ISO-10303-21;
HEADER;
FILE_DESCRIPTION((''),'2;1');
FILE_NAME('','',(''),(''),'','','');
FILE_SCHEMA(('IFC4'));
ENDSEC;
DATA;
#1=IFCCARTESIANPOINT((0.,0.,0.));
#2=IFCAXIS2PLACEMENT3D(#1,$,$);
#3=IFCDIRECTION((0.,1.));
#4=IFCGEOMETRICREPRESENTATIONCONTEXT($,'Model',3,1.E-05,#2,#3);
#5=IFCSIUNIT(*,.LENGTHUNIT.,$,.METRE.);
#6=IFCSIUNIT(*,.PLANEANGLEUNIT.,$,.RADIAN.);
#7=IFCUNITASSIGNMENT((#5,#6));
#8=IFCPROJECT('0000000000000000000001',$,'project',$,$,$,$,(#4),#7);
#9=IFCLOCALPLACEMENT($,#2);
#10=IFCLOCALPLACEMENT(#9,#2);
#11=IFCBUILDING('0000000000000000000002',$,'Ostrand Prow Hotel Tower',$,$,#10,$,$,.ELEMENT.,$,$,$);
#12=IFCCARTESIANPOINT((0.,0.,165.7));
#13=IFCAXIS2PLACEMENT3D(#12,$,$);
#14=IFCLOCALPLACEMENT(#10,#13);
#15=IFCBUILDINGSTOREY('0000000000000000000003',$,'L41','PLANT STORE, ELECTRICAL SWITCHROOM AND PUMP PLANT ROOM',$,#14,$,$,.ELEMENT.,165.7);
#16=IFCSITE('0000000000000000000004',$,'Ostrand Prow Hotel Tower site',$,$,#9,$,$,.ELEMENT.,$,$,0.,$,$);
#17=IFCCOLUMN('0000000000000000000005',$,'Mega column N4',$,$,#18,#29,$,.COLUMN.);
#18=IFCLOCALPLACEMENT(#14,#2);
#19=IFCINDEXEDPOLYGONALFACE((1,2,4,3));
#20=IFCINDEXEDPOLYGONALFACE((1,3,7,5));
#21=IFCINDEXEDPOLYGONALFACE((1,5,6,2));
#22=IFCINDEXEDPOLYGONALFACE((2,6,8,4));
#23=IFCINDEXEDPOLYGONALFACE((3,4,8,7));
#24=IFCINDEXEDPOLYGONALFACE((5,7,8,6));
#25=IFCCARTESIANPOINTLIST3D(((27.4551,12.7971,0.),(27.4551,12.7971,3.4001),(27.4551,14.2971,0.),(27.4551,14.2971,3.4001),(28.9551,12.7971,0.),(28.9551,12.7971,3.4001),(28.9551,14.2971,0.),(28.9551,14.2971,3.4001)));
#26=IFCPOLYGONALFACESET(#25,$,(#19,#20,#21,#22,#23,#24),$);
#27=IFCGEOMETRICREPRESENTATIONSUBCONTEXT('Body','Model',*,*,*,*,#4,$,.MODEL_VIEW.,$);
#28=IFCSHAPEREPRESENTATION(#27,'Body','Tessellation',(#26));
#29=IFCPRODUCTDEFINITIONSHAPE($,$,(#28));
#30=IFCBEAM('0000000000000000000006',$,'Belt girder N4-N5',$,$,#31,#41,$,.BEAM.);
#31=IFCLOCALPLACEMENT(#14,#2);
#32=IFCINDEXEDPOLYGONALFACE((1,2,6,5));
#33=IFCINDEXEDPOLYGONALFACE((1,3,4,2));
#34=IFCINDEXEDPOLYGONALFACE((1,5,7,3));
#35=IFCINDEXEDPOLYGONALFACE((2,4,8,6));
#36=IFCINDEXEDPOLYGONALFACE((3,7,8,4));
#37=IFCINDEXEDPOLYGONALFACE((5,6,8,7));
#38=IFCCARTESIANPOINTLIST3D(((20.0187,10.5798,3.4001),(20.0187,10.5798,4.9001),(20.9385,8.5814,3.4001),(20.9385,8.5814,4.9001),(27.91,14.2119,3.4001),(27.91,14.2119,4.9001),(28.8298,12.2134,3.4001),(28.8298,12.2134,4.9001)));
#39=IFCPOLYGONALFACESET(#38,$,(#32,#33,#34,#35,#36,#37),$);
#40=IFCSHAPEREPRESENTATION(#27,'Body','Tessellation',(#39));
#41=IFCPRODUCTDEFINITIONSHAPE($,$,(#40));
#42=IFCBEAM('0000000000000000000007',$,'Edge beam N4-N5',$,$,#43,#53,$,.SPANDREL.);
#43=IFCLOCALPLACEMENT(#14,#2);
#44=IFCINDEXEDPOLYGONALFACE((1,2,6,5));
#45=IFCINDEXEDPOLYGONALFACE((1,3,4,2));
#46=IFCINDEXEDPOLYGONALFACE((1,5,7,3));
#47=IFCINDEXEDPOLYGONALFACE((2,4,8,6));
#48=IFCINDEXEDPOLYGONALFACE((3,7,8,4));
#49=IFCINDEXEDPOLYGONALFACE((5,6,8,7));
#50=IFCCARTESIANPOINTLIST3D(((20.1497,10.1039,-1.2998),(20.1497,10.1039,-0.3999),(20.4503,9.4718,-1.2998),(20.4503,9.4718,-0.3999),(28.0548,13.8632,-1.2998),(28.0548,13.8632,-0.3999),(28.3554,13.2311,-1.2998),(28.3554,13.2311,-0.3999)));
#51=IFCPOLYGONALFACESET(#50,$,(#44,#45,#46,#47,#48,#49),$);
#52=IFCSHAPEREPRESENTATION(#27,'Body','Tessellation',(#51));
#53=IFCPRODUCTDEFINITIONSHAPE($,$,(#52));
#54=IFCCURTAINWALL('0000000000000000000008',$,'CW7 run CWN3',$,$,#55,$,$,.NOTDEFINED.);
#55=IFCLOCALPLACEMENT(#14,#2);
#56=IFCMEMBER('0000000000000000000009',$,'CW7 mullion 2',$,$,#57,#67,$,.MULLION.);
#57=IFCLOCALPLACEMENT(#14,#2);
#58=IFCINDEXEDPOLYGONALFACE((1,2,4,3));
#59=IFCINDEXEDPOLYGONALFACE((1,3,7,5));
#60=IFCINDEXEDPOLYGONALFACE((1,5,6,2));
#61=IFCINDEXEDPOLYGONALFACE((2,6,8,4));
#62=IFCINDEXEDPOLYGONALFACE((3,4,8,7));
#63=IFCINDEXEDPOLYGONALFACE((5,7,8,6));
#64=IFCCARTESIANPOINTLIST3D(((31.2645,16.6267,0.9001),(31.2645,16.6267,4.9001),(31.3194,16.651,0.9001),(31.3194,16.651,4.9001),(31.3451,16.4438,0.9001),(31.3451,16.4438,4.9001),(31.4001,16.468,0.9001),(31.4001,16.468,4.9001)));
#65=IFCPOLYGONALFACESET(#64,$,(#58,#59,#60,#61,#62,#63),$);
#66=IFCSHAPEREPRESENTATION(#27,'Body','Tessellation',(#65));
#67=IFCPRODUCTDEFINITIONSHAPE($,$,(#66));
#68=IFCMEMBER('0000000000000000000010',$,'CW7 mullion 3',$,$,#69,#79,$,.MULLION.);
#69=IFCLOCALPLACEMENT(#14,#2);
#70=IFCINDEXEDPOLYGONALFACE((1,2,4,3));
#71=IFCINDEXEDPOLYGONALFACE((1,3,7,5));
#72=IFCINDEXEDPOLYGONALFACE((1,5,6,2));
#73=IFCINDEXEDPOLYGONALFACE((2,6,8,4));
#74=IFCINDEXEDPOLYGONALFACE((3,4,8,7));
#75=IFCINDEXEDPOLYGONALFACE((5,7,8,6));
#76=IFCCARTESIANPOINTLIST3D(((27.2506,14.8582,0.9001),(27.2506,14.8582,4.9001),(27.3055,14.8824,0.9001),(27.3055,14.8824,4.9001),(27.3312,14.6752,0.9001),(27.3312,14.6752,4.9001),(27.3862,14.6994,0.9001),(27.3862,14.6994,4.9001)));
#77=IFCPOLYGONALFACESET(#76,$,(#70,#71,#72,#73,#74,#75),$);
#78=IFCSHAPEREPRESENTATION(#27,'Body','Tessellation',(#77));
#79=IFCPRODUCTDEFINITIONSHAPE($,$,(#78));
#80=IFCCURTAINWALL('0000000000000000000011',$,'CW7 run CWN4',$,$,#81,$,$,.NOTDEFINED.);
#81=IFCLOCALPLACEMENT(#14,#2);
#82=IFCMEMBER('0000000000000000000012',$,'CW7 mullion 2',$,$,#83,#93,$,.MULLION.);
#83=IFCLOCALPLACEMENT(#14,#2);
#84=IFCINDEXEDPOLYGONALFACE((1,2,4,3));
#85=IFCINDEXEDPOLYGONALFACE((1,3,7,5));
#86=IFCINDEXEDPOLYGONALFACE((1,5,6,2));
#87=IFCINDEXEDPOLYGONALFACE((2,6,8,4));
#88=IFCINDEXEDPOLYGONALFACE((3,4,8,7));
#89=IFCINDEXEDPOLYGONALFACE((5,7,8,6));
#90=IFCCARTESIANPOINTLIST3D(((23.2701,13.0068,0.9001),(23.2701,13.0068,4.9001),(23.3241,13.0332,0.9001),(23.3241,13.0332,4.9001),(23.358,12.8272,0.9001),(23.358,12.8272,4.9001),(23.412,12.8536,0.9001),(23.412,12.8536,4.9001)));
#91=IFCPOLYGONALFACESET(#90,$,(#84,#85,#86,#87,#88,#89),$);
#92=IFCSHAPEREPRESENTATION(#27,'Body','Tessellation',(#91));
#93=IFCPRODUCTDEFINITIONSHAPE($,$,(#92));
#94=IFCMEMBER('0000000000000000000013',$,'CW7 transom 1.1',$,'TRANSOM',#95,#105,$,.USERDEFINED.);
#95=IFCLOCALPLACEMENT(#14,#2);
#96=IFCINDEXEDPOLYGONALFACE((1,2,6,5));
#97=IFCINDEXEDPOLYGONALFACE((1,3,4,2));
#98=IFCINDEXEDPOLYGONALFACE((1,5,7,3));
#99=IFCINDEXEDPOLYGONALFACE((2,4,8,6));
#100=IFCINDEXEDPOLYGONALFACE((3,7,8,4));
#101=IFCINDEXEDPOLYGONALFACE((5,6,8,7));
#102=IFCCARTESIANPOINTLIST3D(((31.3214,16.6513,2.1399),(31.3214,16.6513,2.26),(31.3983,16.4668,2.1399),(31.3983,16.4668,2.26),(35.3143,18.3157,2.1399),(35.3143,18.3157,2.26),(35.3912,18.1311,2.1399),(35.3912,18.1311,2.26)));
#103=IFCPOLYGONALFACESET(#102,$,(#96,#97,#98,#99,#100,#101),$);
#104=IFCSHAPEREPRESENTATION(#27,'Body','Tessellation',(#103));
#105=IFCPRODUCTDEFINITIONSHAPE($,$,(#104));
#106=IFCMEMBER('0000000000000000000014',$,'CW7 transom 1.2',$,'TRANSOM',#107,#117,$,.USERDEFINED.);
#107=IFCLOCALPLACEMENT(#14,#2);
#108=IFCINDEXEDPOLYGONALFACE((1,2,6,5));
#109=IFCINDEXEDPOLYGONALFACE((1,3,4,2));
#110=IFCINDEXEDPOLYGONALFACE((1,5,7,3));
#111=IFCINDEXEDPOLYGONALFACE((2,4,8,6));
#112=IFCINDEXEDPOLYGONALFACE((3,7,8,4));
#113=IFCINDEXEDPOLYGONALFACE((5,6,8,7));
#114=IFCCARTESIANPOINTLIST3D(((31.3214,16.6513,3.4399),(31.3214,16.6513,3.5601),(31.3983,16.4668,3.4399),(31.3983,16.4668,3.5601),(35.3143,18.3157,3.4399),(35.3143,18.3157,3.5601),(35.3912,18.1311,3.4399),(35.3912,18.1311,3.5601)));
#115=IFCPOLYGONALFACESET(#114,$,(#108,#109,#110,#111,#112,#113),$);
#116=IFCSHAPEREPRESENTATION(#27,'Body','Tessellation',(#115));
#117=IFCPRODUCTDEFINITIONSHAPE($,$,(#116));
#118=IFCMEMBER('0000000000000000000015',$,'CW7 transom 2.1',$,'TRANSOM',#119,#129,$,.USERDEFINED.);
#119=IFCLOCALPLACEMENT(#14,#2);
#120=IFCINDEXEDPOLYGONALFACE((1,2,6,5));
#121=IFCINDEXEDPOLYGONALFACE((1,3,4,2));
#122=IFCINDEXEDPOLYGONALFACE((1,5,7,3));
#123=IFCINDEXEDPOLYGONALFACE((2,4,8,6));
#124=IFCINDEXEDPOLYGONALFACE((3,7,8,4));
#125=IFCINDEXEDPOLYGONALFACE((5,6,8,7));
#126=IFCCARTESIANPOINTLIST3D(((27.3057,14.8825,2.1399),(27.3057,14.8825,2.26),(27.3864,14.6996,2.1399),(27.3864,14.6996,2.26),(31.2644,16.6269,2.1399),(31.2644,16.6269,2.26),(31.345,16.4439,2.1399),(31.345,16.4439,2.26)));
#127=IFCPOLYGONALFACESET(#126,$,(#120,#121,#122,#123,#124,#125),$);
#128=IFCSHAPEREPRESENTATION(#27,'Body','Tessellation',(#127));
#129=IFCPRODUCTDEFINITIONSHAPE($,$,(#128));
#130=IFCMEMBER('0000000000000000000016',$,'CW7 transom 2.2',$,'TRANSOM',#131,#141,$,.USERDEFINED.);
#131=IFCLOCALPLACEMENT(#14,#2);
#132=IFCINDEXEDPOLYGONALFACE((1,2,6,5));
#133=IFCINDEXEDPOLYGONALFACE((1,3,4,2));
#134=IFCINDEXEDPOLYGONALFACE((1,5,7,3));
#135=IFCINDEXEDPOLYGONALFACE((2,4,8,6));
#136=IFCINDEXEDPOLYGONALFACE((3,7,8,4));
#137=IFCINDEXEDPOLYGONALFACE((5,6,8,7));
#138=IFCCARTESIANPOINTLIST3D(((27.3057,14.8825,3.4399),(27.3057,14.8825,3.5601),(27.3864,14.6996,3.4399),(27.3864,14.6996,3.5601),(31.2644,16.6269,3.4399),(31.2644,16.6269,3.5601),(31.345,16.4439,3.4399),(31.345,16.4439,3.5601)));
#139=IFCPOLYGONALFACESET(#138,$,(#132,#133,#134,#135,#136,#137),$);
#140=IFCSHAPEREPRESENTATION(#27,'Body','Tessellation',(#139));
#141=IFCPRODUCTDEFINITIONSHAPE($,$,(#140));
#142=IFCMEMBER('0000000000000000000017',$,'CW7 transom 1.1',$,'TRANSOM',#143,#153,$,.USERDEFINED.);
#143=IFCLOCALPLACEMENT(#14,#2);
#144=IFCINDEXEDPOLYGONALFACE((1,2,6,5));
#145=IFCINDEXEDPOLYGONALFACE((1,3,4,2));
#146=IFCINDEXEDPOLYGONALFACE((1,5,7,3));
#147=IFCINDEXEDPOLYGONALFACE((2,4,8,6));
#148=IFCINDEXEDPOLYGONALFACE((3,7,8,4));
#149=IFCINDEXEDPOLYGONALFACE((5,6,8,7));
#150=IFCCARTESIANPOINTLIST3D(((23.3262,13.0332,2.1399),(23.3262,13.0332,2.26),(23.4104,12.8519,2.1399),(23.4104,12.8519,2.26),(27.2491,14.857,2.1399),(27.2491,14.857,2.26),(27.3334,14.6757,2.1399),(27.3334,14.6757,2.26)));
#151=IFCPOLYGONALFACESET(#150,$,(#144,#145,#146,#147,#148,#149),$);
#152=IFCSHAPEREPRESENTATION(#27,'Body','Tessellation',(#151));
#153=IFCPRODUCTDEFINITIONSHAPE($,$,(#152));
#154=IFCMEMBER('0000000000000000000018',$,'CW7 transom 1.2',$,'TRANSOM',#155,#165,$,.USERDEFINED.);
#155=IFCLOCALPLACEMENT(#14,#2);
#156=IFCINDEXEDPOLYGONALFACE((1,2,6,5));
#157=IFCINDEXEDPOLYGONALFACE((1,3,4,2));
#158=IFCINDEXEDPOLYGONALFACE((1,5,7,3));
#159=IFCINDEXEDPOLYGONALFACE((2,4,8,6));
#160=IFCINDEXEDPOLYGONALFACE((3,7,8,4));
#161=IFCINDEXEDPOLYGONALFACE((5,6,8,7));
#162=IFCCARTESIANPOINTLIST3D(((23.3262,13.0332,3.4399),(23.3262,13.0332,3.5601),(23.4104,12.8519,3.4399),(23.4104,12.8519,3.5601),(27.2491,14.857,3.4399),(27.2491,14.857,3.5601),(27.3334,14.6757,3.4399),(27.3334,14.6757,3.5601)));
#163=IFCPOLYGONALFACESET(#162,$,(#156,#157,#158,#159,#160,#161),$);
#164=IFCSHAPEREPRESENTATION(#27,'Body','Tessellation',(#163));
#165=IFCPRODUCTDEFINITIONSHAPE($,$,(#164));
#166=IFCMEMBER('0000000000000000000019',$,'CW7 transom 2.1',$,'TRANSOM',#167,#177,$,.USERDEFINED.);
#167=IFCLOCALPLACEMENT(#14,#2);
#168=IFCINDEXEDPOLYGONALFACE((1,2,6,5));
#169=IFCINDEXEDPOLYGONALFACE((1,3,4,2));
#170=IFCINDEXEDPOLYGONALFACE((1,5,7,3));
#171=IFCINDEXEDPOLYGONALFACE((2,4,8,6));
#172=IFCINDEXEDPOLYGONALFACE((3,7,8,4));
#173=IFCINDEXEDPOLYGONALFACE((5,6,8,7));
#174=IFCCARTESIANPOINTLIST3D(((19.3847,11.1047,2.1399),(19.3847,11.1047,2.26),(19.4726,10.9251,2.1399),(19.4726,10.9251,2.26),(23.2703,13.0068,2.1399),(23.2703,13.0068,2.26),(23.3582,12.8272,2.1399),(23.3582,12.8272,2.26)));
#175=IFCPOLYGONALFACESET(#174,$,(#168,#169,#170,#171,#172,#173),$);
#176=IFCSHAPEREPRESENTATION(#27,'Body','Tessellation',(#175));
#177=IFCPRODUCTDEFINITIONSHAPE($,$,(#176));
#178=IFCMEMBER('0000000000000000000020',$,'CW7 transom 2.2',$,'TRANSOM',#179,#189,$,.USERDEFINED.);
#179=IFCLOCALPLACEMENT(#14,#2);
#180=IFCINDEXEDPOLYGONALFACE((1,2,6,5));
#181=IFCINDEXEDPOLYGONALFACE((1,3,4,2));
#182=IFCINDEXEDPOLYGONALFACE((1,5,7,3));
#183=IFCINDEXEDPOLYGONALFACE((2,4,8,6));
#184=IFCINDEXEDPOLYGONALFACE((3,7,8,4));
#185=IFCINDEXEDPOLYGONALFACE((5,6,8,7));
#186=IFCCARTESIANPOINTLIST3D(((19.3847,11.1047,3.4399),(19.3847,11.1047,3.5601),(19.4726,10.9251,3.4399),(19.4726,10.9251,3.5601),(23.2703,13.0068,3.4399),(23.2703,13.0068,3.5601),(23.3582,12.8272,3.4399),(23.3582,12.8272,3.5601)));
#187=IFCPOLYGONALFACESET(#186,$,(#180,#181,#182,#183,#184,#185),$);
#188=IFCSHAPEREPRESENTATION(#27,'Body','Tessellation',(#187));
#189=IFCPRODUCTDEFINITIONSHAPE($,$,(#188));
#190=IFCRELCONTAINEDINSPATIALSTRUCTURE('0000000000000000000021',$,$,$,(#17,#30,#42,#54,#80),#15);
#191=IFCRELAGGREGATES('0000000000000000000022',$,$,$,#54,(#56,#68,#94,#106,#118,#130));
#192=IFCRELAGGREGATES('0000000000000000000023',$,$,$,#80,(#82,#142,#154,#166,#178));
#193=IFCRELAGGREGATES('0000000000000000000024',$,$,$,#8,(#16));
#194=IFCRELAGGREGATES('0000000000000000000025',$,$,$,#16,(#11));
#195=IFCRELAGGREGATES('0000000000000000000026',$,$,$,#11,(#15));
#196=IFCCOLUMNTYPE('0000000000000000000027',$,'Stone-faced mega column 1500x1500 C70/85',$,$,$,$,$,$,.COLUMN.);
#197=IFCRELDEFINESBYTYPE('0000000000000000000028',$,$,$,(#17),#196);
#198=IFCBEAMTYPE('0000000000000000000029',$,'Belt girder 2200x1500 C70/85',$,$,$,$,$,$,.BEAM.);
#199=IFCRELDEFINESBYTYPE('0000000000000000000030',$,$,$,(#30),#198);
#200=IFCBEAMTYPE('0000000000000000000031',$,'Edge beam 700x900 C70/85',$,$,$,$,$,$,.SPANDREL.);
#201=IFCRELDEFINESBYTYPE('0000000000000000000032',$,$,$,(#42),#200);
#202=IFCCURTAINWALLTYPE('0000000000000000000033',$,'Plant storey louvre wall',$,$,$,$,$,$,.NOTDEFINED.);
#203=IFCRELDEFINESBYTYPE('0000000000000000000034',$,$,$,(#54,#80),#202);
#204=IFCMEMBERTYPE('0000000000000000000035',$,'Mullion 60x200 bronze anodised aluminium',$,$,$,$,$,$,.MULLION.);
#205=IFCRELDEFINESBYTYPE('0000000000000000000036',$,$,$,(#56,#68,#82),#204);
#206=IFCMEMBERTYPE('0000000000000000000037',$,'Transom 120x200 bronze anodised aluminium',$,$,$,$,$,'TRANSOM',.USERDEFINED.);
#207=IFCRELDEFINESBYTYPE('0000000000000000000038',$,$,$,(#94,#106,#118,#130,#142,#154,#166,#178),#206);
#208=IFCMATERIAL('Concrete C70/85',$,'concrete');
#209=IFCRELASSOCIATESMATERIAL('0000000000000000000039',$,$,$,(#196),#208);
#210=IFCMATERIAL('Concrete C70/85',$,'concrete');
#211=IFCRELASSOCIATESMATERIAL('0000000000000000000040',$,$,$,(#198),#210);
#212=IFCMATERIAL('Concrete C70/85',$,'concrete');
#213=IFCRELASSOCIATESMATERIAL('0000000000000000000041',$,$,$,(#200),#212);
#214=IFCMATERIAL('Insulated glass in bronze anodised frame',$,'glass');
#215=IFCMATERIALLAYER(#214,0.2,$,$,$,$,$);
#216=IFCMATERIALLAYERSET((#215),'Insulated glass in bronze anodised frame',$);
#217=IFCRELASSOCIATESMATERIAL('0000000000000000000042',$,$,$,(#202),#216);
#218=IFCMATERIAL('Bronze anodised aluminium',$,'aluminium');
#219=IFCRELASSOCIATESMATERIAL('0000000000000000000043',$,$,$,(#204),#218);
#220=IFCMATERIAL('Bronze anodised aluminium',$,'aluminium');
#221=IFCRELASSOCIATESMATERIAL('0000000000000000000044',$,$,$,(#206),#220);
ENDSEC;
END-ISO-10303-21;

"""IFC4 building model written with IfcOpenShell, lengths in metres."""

from ifc_helpers import new_model, si_unit, direction, frame, origin, origin_2d, place, context, subcontext, project, spatial, rectangle, extrude, material, layer, layer_set, material_profile, profile_set, type_object, element, aggregate, save


model = new_model("IFC4")

# Units and contexts
model_context = context("Model", 3, precision=1e-05, world=origin(), true_north=direction((0.0, 1.0)))
body_context = subcontext(model_context, "Body", "Model", "MODEL_VIEW")
ifc_project = project(units=[si_unit("LENGTHUNIT", "METRE"), si_unit("PLANEANGLEUNIT", "RADIAN")], contexts=[model_context])

# Site, building, storey
site_placement = place(None, origin())
site = spatial("IfcSite", under=ifc_project, at=site_placement, Name="Ostrand Prow Hotel Tower site", CompositionType="ELEMENT", RefElevation=0.0)
building_placement = place(site_placement, origin())
building = spatial("IfcBuilding", under=site, at=building_placement, Name="Ostrand Prow Hotel Tower", CompositionType="ELEMENT")
storey_placement = place(building_placement, frame((0.0, 0.0, 165.7)))
storey = spatial("IfcBuildingStorey", under=building, at=storey_placement, Name="L41", Description="PLANT STORE, ELECTRICAL SWITCHROOM AND PUMP PLANT ROOM", CompositionType="ELEMENT", Elevation=165.7)

# Column
ifc_material_1 = material(Name="Concrete C70/85", Category="concrete")
ifc_material_profile_1 = material_profile(ifc_material_1, rectangle(XDim=1.5, YDim=1.5, at=origin_2d()), Name="RC 1500x1500")
ifc_profile_set_1 = profile_set([ifc_material_profile_1], Name="Concrete C70/85")
column_type = type_object("IfcColumnType", Name="Stone-faced mega column 1500x1500 C70/85", PredefinedType="COLUMN", material=ifc_profile_set_1)
column_placement = place(storey_placement, frame((28.2051, 13.5471, 0.0), z_axis=(0.0, 0.0, 1.0), x_axis=(1.0, 0.0, 0.0)))
element("IfcColumn", 1, at=column_placement, inside=storey, type_object=column_type, Name="Mega column N4", PredefinedType="COLUMN", context=body_context, shape_type="SweptSolid", body=[
    extrude(rectangle(XDim=1.5, YDim=1.5, at=origin_2d()), origin(), (0.0, 0.0, 1.0), 3.4001),
])

# Beams
ifc_material_2 = material(Name="Concrete C70/85", Category="concrete")
ifc_material_profile_2 = material_profile(ifc_material_2, rectangle(XDim=2.2, YDim=1.5, at=origin_2d()), Name="RC 2200x1500")
ifc_profile_set_2 = profile_set([ifc_material_profile_2], Name="Concrete C70/85")
beam_type_1 = type_object("IfcBeamType", Name="Belt girder 2200x1500 C70/85", PredefinedType="BEAM", material=ifc_profile_set_2)
beam_1_placement = place(storey_placement, frame((28.3699, 13.2126, 4.1501), z_axis=(-0.908401, -0.418101, 0.0), x_axis=(0.418101, -0.908401, 0.0)))
element("IfcBeam", 2, at=beam_1_placement, inside=storey, type_object=beam_type_1, Name="Belt girder N4-N5", PredefinedType="BEAM", context=body_context, shape_type="SweptSolid", body=[
    extrude(rectangle(XDim=2.2, YDim=1.5, at=origin_2d()), origin(), (0.0, 0.0, 1.0), 8.687),
])
ifc_material_3 = material(Name="Concrete C70/85", Category="concrete")
ifc_material_profile_3 = material_profile(ifc_material_3, rectangle(XDim=0.7, YDim=0.8999, at=origin_2d()), Name="RC 700x900")
ifc_profile_set_3 = profile_set([ifc_material_profile_3], Name="Concrete C70/85")
beam_type_2 = type_object("IfcBeamType", Name="Edge beam 700x900 C70/85", PredefinedType="SPANDREL", material=ifc_profile_set_3)
beam_2_placement = place(storey_placement, frame((28.2051, 13.5471, -0.8499), z_axis=(-0.903083, -0.429466, 0.0), x_axis=(0.429466, -0.903083, 0.0)))
element("IfcBeam", 3, at=beam_2_placement, inside=storey, type_object=beam_type_2, Name="Edge beam N4-N5", PredefinedType="SPANDREL", context=body_context, shape_type="SweptSolid", body=[
    extrude(rectangle(XDim=0.7, YDim=0.8999, at=origin_2d()), origin(), (0.0, 0.0, 1.0), 8.7534),
])

# Curtain wall, members
ifc_material_4 = material(Name="Insulated glass in bronze anodised frame", Category="glass")
ifc_layer_1 = layer(ifc_material_4, 0.2)
ifc_layer_set_1 = layer_set([ifc_layer_1], Name="Insulated glass in bronze anodised frame")
curtain_wall_type = type_object("IfcCurtainWallType", Name="Plant storey louvre wall", PredefinedType="NOTDEFINED", material=ifc_layer_set_1)
curtain_wall_1_placement = place(storey_placement, origin())
curtain_wall_1 = element("IfcCurtainWall", 4, at=curtain_wall_1_placement, inside=storey, type_object=curtain_wall_type, Name="CW7 run CWN3", PredefinedType="NOTDEFINED")
ifc_material_5 = material(Name="Bronze anodised aluminium", Category="aluminium")
ifc_material_profile_4 = material_profile(ifc_material_5, rectangle(XDim=0.2, YDim=0.0601, at=origin_2d()), Name="Mullion 60x200 bronze anodised aluminium")
ifc_profile_set_4 = profile_set([ifc_material_profile_4], Name="Bronze anodised aluminium")
member_type_1 = type_object("IfcMemberType", Name="Mullion 60x200 bronze anodised aluminium", PredefinedType="MULLION", material=ifc_profile_set_4)
member_1_placement = place(storey_placement, frame((31.3323, 16.5474, 0.9001), z_axis=(0.0, 0.0, 1.0), x_axis=(0.403213, -0.915106, 0.0)))
member_1 = element("IfcMember", 5, at=member_1_placement, type_object=member_type_1, Name="CW7 mullion 2", PredefinedType="MULLION", context=body_context, shape_type="SweptSolid", body=[
    extrude(rectangle(XDim=0.2, YDim=0.0601, at=origin_2d()), origin(), (0.0, 0.0, 1.0), 4.0),
])
member_2_placement = place(storey_placement, frame((27.3184, 14.7788, 0.9001), z_axis=(0.0, 0.0, 1.0), x_axis=(0.403213, -0.915106, 0.0)))
member_2 = element("IfcMember", 6, at=member_2_placement, type_object=member_type_1, Name="CW7 mullion 3", PredefinedType="MULLION", context=body_context, shape_type="SweptSolid", body=[
    extrude(rectangle(XDim=0.2, YDim=0.0601, at=origin_2d()), origin(), (0.0, 0.0, 1.0), 4.0),
])

# Curtain wall, member
curtain_wall_2_placement = place(storey_placement, origin())
curtain_wall_2 = element("IfcCurtainWall", 7, at=curtain_wall_2_placement, inside=storey, type_object=curtain_wall_type, Name="CW7 run CWN4", PredefinedType="NOTDEFINED")
member_3_placement = place(storey_placement, frame((23.3411, 12.9302, 0.9001), z_axis=(0.0, 0.0, 1.0), x_axis=(0.439659, -0.898165, 0.0)))
member_3 = element("IfcMember", 8, at=member_3_placement, type_object=member_type_1, Name="CW7 mullion 2", PredefinedType="MULLION", context=body_context, shape_type="SweptSolid", body=[
    extrude(rectangle(XDim=0.2, YDim=0.0601, at=origin_2d()), origin(), (0.0, 0.0, 1.0), 4.0),
])

# Members
ifc_material_6 = material(Name="Bronze anodised aluminium", Category="aluminium")
ifc_material_profile_5 = material_profile(ifc_material_6, rectangle(XDim=0.2, YDim=0.1201, at=origin_2d()), Name="Transom 120x200 bronze anodised aluminium")
ifc_profile_set_5 = profile_set([ifc_material_profile_5], Name="Bronze anodised aluminium")
member_type_2 = type_object("IfcMemberType", Name="Transom 120x200 bronze anodised aluminium", ElementType="TRANSOM", PredefinedType="USERDEFINED", material=ifc_profile_set_5)
member_4_placement = place(storey_placement, frame((35.3528, 18.2234, 2.2), z_axis=(-0.923028, -0.384732, 0.0), x_axis=(0.384732, -0.923028, 0.0)))
member_4 = element("IfcMember", 9, at=member_4_placement, type_object=member_type_2, Name="CW7 transom 1.1", ObjectType="TRANSOM", PredefinedType="USERDEFINED", context=body_context, shape_type="SweptSolid", body=[
    extrude(rectangle(XDim=0.2, YDim=0.1201, at=origin_2d()), origin(), (0.0, 0.0, 1.0), 4.3259),
])
member_5_placement = place(storey_placement, frame((35.3528, 18.2234, 3.5), z_axis=(-0.923028, -0.384732, 0.0), x_axis=(0.384732, -0.923028, 0.0)))
member_5 = element("IfcMember", 10, at=member_5_placement, type_object=member_type_2, Name="CW7 transom 1.2", ObjectType="TRANSOM", PredefinedType="USERDEFINED", context=body_context, shape_type="SweptSolid", body=[
    extrude(rectangle(XDim=0.2, YDim=0.1201, at=origin_2d()), origin(), (0.0, 0.0, 1.0), 4.3259),
])
member_6_placement = place(storey_placement, frame((31.3047, 16.5354, 2.2), z_axis=(-0.915099, -0.40323, 0.0), x_axis=(0.40323, -0.915099, 0.0)))
member_6 = element("IfcMember", 11, at=member_6_placement, type_object=member_type_2, Name="CW7 transom 2.1", ObjectType="TRANSOM", PredefinedType="USERDEFINED", context=body_context, shape_type="SweptSolid", body=[
    extrude(rectangle(XDim=0.2, YDim=0.1201, at=origin_2d()), origin(), (0.0, 0.0, 1.0), 4.3259),
])
member_7_placement = place(storey_placement, frame((31.3047, 16.5354, 3.5), z_axis=(-0.915099, -0.40323, 0.0), x_axis=(0.40323, -0.915099, 0.0)))
member_7 = element("IfcMember", 12, at=member_7_placement, type_object=member_type_2, Name="CW7 transom 2.2", ObjectType="TRANSOM", PredefinedType="USERDEFINED", context=body_context, shape_type="SweptSolid", body=[
    extrude(rectangle(XDim=0.2, YDim=0.1201, at=origin_2d()), origin(), (0.0, 0.0, 1.0), 4.3259),
])
member_8_placement = place(storey_placement, frame((27.2913, 14.7664, 2.2), z_axis=(-0.906796, -0.421569, 0.0), x_axis=(0.421569, -0.906796, 0.0)))
member_8 = element("IfcMember", 13, at=member_8_placement, type_object=member_type_2, Name="CW7 transom 1.1", ObjectType="TRANSOM", PredefinedType="USERDEFINED", context=body_context, shape_type="SweptSolid", body=[
    extrude(rectangle(XDim=0.2, YDim=0.1201, at=origin_2d()), origin(), (0.0, 0.0, 1.0), 4.3262),
])
member_9_placement = place(storey_placement, frame((27.2913, 14.7664, 3.5), z_axis=(-0.906796, -0.421569, 0.0), x_axis=(0.421569, -0.906796, 0.0)))
member_9 = element("IfcMember", 14, at=member_9_placement, type_object=member_type_2, Name="CW7 transom 1.2", ObjectType="TRANSOM", PredefinedType="USERDEFINED", context=body_context, shape_type="SweptSolid", body=[
    extrude(rectangle(XDim=0.2, YDim=0.1201, at=origin_2d()), origin(), (0.0, 0.0, 1.0), 4.3262),
])
member_10_placement = place(storey_placement, frame((23.3142, 12.917, 2.2), z_axis=(-0.898154, -0.439681, 0.0), x_axis=(0.439681, -0.898154, 0.0)))
member_10 = element("IfcMember", 15, at=member_10_placement, type_object=member_type_2, Name="CW7 transom 2.1", ObjectType="TRANSOM", PredefinedType="USERDEFINED", context=body_context, shape_type="SweptSolid", body=[
    extrude(rectangle(XDim=0.2, YDim=0.1201, at=origin_2d()), origin(), (0.0, 0.0, 1.0), 4.3262),
])
member_11_placement = place(storey_placement, frame((23.3142, 12.917, 3.5), z_axis=(-0.898154, -0.439681, 0.0), x_axis=(0.439681, -0.898154, 0.0)))
member_11 = element("IfcMember", 16, at=member_11_placement, type_object=member_type_2, Name="CW7 transom 2.2", ObjectType="TRANSOM", PredefinedType="USERDEFINED", context=body_context, shape_type="SweptSolid", body=[
    extrude(rectangle(XDim=0.2, YDim=0.1201, at=origin_2d()), origin(), (0.0, 0.0, 1.0), 4.3262),
])

aggregate(curtain_wall_1, [member_1, member_2, member_4, member_5, member_6, member_7])
aggregate(curtain_wall_2, [member_3, member_8, member_9, member_10, member_11])

save(model, "model.ifc")
